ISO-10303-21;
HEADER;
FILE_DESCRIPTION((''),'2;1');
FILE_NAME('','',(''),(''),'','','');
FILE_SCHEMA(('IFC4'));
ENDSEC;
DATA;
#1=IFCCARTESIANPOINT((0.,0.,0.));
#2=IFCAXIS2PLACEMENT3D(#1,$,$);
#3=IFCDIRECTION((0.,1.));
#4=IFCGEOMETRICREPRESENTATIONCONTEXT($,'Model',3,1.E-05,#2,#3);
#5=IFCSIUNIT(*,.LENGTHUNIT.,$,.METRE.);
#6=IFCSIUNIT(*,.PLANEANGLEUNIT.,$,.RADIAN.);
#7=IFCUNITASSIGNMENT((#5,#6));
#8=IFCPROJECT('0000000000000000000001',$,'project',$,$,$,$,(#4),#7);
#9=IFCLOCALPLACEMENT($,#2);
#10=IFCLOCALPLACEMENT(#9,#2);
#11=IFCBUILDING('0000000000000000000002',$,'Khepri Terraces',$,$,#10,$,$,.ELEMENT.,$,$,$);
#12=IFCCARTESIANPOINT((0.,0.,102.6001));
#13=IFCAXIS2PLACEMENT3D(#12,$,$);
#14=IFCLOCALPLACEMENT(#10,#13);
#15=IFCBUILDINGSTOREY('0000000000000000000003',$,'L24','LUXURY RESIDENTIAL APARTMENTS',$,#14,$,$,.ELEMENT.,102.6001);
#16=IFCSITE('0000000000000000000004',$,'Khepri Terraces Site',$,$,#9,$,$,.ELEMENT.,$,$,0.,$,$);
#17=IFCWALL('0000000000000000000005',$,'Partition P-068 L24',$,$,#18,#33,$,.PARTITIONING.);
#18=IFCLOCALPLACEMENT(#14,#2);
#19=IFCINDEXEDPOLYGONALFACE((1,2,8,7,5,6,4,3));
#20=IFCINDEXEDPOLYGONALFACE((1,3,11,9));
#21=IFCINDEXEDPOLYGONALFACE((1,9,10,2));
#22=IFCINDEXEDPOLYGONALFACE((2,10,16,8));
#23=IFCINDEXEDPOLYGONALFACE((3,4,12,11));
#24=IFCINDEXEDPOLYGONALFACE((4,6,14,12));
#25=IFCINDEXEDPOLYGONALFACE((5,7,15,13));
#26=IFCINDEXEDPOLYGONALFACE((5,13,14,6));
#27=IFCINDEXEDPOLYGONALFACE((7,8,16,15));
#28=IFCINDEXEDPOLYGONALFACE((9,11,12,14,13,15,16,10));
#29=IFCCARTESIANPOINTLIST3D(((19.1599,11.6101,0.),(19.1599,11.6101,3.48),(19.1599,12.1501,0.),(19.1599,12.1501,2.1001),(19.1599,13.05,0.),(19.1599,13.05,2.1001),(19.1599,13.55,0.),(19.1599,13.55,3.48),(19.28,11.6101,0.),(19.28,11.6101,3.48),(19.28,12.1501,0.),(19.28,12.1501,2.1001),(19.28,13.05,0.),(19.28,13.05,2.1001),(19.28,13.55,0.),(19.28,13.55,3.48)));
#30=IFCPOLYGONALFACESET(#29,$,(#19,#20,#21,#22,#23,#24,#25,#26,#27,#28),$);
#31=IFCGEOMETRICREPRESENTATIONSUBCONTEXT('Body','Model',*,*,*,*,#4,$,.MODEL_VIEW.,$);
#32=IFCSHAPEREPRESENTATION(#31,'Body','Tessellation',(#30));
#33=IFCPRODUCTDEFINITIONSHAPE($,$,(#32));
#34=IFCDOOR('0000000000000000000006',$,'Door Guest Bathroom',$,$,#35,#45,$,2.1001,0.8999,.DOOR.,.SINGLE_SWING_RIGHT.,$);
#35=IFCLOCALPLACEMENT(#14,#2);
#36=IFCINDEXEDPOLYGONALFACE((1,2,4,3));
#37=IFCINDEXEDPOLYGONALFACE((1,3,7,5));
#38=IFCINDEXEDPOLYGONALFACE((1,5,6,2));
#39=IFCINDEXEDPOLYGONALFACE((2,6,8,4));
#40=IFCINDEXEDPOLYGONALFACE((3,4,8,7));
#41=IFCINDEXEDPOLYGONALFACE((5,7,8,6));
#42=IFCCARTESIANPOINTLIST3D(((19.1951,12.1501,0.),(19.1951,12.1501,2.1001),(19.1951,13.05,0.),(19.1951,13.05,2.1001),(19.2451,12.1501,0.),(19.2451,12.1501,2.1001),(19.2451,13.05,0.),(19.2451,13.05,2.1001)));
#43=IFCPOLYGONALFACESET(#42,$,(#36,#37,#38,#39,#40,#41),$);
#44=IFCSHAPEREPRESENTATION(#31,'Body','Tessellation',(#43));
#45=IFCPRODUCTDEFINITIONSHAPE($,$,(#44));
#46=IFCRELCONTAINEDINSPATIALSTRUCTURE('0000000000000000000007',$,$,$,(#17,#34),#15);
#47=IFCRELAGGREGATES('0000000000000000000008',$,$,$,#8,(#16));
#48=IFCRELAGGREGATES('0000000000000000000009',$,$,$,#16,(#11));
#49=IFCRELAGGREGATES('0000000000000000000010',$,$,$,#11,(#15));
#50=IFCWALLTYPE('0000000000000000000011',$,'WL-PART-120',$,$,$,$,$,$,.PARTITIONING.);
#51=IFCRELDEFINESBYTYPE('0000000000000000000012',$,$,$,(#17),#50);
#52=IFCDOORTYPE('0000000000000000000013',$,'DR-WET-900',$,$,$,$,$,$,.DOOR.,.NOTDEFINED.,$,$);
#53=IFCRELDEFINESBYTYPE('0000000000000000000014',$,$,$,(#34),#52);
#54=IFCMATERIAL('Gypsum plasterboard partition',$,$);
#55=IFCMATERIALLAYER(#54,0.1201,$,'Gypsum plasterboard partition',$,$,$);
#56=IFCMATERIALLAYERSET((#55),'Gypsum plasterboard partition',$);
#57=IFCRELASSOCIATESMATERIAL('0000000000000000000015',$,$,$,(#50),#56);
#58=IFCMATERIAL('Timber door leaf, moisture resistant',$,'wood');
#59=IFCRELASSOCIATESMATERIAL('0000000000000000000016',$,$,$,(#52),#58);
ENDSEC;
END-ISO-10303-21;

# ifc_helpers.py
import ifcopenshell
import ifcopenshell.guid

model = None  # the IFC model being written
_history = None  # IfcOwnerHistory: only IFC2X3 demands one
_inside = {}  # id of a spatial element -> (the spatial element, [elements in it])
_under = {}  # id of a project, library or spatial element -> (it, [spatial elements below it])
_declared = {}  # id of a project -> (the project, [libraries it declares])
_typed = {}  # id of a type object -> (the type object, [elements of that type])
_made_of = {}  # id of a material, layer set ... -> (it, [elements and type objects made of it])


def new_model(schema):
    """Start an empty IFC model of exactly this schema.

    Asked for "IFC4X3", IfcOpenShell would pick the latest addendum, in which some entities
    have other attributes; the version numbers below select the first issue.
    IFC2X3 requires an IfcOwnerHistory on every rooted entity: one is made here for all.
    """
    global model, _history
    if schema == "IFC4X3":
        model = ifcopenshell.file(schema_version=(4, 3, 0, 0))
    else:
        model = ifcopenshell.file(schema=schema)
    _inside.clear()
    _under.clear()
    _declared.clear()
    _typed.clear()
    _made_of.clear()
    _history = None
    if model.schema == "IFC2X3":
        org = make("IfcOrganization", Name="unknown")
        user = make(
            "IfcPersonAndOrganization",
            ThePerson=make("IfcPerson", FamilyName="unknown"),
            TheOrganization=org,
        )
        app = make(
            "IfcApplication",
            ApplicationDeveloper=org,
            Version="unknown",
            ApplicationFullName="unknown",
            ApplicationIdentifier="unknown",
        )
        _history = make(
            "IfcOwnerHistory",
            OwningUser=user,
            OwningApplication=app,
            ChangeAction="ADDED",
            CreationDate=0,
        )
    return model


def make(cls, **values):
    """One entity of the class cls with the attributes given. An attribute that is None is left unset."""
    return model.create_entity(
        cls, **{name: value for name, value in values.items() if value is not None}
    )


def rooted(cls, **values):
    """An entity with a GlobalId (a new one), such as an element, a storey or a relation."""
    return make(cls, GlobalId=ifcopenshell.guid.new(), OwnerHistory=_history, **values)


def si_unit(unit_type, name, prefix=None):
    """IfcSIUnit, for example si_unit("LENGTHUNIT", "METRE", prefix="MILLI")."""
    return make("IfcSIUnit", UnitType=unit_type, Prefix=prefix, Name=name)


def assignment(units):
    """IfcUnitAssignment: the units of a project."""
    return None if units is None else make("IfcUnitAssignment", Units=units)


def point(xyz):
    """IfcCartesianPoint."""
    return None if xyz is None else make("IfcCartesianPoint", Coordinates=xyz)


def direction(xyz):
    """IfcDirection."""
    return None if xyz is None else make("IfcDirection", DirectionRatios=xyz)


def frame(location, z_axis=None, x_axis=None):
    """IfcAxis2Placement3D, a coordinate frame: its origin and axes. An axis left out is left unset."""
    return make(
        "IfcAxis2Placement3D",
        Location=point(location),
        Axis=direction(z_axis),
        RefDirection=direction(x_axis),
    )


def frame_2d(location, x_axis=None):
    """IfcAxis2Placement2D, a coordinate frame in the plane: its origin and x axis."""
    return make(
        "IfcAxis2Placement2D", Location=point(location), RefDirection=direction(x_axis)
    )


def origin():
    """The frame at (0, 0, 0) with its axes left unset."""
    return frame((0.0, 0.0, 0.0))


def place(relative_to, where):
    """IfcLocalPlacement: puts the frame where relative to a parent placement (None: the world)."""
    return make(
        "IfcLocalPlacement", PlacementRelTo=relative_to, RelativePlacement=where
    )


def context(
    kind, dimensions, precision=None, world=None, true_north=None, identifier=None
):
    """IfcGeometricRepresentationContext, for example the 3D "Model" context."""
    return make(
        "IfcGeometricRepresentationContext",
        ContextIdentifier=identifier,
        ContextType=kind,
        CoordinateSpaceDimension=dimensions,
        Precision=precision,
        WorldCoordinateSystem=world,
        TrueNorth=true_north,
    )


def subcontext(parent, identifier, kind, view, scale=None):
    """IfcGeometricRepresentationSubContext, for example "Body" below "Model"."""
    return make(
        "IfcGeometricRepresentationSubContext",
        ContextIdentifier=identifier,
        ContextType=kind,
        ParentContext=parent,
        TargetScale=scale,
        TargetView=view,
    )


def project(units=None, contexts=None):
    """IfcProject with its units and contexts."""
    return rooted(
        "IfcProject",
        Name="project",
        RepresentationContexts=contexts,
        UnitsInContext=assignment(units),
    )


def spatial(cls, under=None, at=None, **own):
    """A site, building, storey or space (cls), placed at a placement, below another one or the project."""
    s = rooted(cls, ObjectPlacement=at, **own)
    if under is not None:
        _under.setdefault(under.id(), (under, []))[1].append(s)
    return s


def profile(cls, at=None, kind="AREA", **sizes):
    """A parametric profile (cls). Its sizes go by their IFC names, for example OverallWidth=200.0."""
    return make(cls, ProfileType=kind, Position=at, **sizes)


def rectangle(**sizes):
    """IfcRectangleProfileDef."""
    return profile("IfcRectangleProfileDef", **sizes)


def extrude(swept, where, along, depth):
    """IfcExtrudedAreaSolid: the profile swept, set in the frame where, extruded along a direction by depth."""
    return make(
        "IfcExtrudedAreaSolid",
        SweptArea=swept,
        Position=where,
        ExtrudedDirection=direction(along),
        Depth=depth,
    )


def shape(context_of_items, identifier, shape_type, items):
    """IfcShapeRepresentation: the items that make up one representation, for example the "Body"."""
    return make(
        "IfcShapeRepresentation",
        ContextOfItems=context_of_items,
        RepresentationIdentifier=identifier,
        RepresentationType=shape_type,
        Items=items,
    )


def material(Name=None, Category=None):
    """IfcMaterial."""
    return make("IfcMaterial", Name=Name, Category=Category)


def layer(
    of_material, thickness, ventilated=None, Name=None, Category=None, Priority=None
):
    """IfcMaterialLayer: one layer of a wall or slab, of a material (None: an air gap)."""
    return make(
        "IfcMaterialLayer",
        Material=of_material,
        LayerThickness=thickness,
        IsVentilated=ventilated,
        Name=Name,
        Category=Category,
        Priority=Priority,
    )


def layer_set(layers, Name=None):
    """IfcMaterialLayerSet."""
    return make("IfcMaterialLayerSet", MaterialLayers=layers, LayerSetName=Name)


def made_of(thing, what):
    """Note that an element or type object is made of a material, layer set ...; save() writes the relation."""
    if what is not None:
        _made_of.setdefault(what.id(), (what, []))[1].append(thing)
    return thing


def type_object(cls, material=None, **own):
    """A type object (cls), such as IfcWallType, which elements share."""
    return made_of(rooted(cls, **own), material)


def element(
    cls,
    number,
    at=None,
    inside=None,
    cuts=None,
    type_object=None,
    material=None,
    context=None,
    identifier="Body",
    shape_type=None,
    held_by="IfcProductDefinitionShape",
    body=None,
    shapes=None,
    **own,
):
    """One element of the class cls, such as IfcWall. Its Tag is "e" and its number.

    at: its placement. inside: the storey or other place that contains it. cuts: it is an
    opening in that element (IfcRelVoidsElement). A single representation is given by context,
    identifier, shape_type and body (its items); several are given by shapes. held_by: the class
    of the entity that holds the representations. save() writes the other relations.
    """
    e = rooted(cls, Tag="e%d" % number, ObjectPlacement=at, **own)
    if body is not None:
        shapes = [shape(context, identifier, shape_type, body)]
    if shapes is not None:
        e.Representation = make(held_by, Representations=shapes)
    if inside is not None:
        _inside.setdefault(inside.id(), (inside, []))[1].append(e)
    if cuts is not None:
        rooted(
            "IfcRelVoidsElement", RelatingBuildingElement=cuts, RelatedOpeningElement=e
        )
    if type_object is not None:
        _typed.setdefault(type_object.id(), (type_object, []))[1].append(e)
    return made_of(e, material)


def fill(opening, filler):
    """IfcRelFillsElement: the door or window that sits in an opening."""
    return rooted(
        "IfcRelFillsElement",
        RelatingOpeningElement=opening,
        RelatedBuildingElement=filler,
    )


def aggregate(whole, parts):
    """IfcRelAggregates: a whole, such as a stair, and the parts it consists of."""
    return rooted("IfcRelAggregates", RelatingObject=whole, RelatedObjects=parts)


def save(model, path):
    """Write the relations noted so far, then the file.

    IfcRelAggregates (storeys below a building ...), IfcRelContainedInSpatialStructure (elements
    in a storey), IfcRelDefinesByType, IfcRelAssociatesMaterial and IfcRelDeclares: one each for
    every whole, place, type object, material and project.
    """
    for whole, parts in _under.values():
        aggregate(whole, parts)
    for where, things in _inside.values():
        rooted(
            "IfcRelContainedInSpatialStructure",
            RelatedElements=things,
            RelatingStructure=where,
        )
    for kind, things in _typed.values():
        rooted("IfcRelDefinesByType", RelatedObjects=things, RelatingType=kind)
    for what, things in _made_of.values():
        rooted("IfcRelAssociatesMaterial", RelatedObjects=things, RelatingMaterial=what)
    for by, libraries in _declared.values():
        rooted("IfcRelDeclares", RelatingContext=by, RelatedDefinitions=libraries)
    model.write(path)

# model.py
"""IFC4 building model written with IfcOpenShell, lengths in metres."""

from ifc_helpers import new_model, si_unit, direction, frame, frame_2d, origin, place, context, subcontext, project, spatial, rectangle, extrude, material, layer, layer_set, type_object, element, fill, save


model = new_model("IFC4")

# Units and contexts
model_context = context("Model", 3, precision=1e-05, world=origin(), true_north=direction((0.0, 1.0)))
body_context = subcontext(model_context, "Body", "Model", "MODEL_VIEW")
ifc_project = project(units=[si_unit("LENGTHUNIT", "METRE"), si_unit("PLANEANGLEUNIT", "RADIAN")], contexts=[model_context])

# Site, building, storey
site_placement = place(None, origin())
site = spatial("IfcSite", under=ifc_project, at=site_placement, Name="Khepri Terraces Site", CompositionType="ELEMENT", RefElevation=0.0)
building_placement = place(site_placement, origin())
building = spatial("IfcBuilding", under=site, at=building_placement, Name="Khepri Terraces", CompositionType="ELEMENT")
storey_placement = place(building_placement, frame((0.0, 0.0, 102.6001)))
storey = spatial("IfcBuildingStorey", under=building, at=storey_placement, Name="L24", Description="LUXURY RESIDENTIAL APARTMENTS", CompositionType="ELEMENT", Elevation=102.6001)

# Shared definitions
ifc_material_1 = material(Name="Gypsum plasterboard partition")
ifc_layer_1 = layer(ifc_material_1, 0.1201, Name="Gypsum plasterboard partition")
ifc_layer_set_1 = layer_set([ifc_layer_1], Name="Gypsum plasterboard partition")
wall_type_1 = type_object("IfcWallType", Name="WL-PART-120", PredefinedType="PARTITIONING", material=ifc_layer_set_1)

# Wall, opening, door
wall_1_placement = place(storey_placement, frame((19.22, 11.6101, 0.0), z_axis=(0.0, 0.0, 1.0), x_axis=(0.0, 1.0, 0.0)))
wall_1 = element("IfcWall", 1, at=wall_1_placement, inside=storey, type_object=wall_type_1, Name="Partition P-068 L24", PredefinedType="PARTITIONING", context=body_context, shape_type="SweptSolid", body=[
    extrude(rectangle(XDim=1.9399, YDim=0.1201, at=frame_2d((0.97, 0.0))), origin(), (0.0, 0.0, 1.0), 3.48),
])
opening_1_placement = place(wall_1_placement, frame((0.54, 0.0, 0.0)))
opening_1 = element("IfcOpeningElement", 2, at=opening_1_placement, cuts=wall_1, PredefinedType="OPENING", context=body_context, shape_type="SweptSolid", body=[
    extrude(rectangle(XDim=0.8999, YDim=2.1001, at=frame_2d((0.45, 1.05))), frame((0.0, 0.0701, 0.0), z_axis=(0.0, -1.0, 0.0), x_axis=(1.0, 0.0, 0.0)), (0.0, 0.0, 1.0), 0.1401),
])
ifc_material_2 = material(Name="Timber door leaf, moisture resistant", Category="wood")
door_type_1 = type_object("IfcDoorType", Name="DR-WET-900", OperationType="NOTDEFINED", PredefinedType="DOOR", material=ifc_material_2)
door_1_placement = place(opening_1_placement, origin())
door_1 = element("IfcDoor", 3, at=door_1_placement, inside=storey, type_object=door_type_1, Name="Door Guest Bathroom", OperationType="SINGLE_SWING_RIGHT", OverallHeight=2.1001, OverallWidth=0.8999, PredefinedType="DOOR", context=body_context, shape_type="SweptSolid", body=[
    extrude(rectangle(XDim=0.8999, YDim=2.1001, at=frame_2d((0.45, 1.05))), frame((0.0, 0.0249, 0.0), z_axis=(0.0, -1.0, 0.0), x_axis=(1.0, 0.0, 0.0)), (0.0, 0.0, 1.0), 0.05),
])
fill(opening_1, door_1)

save(model, "model.ifc")
